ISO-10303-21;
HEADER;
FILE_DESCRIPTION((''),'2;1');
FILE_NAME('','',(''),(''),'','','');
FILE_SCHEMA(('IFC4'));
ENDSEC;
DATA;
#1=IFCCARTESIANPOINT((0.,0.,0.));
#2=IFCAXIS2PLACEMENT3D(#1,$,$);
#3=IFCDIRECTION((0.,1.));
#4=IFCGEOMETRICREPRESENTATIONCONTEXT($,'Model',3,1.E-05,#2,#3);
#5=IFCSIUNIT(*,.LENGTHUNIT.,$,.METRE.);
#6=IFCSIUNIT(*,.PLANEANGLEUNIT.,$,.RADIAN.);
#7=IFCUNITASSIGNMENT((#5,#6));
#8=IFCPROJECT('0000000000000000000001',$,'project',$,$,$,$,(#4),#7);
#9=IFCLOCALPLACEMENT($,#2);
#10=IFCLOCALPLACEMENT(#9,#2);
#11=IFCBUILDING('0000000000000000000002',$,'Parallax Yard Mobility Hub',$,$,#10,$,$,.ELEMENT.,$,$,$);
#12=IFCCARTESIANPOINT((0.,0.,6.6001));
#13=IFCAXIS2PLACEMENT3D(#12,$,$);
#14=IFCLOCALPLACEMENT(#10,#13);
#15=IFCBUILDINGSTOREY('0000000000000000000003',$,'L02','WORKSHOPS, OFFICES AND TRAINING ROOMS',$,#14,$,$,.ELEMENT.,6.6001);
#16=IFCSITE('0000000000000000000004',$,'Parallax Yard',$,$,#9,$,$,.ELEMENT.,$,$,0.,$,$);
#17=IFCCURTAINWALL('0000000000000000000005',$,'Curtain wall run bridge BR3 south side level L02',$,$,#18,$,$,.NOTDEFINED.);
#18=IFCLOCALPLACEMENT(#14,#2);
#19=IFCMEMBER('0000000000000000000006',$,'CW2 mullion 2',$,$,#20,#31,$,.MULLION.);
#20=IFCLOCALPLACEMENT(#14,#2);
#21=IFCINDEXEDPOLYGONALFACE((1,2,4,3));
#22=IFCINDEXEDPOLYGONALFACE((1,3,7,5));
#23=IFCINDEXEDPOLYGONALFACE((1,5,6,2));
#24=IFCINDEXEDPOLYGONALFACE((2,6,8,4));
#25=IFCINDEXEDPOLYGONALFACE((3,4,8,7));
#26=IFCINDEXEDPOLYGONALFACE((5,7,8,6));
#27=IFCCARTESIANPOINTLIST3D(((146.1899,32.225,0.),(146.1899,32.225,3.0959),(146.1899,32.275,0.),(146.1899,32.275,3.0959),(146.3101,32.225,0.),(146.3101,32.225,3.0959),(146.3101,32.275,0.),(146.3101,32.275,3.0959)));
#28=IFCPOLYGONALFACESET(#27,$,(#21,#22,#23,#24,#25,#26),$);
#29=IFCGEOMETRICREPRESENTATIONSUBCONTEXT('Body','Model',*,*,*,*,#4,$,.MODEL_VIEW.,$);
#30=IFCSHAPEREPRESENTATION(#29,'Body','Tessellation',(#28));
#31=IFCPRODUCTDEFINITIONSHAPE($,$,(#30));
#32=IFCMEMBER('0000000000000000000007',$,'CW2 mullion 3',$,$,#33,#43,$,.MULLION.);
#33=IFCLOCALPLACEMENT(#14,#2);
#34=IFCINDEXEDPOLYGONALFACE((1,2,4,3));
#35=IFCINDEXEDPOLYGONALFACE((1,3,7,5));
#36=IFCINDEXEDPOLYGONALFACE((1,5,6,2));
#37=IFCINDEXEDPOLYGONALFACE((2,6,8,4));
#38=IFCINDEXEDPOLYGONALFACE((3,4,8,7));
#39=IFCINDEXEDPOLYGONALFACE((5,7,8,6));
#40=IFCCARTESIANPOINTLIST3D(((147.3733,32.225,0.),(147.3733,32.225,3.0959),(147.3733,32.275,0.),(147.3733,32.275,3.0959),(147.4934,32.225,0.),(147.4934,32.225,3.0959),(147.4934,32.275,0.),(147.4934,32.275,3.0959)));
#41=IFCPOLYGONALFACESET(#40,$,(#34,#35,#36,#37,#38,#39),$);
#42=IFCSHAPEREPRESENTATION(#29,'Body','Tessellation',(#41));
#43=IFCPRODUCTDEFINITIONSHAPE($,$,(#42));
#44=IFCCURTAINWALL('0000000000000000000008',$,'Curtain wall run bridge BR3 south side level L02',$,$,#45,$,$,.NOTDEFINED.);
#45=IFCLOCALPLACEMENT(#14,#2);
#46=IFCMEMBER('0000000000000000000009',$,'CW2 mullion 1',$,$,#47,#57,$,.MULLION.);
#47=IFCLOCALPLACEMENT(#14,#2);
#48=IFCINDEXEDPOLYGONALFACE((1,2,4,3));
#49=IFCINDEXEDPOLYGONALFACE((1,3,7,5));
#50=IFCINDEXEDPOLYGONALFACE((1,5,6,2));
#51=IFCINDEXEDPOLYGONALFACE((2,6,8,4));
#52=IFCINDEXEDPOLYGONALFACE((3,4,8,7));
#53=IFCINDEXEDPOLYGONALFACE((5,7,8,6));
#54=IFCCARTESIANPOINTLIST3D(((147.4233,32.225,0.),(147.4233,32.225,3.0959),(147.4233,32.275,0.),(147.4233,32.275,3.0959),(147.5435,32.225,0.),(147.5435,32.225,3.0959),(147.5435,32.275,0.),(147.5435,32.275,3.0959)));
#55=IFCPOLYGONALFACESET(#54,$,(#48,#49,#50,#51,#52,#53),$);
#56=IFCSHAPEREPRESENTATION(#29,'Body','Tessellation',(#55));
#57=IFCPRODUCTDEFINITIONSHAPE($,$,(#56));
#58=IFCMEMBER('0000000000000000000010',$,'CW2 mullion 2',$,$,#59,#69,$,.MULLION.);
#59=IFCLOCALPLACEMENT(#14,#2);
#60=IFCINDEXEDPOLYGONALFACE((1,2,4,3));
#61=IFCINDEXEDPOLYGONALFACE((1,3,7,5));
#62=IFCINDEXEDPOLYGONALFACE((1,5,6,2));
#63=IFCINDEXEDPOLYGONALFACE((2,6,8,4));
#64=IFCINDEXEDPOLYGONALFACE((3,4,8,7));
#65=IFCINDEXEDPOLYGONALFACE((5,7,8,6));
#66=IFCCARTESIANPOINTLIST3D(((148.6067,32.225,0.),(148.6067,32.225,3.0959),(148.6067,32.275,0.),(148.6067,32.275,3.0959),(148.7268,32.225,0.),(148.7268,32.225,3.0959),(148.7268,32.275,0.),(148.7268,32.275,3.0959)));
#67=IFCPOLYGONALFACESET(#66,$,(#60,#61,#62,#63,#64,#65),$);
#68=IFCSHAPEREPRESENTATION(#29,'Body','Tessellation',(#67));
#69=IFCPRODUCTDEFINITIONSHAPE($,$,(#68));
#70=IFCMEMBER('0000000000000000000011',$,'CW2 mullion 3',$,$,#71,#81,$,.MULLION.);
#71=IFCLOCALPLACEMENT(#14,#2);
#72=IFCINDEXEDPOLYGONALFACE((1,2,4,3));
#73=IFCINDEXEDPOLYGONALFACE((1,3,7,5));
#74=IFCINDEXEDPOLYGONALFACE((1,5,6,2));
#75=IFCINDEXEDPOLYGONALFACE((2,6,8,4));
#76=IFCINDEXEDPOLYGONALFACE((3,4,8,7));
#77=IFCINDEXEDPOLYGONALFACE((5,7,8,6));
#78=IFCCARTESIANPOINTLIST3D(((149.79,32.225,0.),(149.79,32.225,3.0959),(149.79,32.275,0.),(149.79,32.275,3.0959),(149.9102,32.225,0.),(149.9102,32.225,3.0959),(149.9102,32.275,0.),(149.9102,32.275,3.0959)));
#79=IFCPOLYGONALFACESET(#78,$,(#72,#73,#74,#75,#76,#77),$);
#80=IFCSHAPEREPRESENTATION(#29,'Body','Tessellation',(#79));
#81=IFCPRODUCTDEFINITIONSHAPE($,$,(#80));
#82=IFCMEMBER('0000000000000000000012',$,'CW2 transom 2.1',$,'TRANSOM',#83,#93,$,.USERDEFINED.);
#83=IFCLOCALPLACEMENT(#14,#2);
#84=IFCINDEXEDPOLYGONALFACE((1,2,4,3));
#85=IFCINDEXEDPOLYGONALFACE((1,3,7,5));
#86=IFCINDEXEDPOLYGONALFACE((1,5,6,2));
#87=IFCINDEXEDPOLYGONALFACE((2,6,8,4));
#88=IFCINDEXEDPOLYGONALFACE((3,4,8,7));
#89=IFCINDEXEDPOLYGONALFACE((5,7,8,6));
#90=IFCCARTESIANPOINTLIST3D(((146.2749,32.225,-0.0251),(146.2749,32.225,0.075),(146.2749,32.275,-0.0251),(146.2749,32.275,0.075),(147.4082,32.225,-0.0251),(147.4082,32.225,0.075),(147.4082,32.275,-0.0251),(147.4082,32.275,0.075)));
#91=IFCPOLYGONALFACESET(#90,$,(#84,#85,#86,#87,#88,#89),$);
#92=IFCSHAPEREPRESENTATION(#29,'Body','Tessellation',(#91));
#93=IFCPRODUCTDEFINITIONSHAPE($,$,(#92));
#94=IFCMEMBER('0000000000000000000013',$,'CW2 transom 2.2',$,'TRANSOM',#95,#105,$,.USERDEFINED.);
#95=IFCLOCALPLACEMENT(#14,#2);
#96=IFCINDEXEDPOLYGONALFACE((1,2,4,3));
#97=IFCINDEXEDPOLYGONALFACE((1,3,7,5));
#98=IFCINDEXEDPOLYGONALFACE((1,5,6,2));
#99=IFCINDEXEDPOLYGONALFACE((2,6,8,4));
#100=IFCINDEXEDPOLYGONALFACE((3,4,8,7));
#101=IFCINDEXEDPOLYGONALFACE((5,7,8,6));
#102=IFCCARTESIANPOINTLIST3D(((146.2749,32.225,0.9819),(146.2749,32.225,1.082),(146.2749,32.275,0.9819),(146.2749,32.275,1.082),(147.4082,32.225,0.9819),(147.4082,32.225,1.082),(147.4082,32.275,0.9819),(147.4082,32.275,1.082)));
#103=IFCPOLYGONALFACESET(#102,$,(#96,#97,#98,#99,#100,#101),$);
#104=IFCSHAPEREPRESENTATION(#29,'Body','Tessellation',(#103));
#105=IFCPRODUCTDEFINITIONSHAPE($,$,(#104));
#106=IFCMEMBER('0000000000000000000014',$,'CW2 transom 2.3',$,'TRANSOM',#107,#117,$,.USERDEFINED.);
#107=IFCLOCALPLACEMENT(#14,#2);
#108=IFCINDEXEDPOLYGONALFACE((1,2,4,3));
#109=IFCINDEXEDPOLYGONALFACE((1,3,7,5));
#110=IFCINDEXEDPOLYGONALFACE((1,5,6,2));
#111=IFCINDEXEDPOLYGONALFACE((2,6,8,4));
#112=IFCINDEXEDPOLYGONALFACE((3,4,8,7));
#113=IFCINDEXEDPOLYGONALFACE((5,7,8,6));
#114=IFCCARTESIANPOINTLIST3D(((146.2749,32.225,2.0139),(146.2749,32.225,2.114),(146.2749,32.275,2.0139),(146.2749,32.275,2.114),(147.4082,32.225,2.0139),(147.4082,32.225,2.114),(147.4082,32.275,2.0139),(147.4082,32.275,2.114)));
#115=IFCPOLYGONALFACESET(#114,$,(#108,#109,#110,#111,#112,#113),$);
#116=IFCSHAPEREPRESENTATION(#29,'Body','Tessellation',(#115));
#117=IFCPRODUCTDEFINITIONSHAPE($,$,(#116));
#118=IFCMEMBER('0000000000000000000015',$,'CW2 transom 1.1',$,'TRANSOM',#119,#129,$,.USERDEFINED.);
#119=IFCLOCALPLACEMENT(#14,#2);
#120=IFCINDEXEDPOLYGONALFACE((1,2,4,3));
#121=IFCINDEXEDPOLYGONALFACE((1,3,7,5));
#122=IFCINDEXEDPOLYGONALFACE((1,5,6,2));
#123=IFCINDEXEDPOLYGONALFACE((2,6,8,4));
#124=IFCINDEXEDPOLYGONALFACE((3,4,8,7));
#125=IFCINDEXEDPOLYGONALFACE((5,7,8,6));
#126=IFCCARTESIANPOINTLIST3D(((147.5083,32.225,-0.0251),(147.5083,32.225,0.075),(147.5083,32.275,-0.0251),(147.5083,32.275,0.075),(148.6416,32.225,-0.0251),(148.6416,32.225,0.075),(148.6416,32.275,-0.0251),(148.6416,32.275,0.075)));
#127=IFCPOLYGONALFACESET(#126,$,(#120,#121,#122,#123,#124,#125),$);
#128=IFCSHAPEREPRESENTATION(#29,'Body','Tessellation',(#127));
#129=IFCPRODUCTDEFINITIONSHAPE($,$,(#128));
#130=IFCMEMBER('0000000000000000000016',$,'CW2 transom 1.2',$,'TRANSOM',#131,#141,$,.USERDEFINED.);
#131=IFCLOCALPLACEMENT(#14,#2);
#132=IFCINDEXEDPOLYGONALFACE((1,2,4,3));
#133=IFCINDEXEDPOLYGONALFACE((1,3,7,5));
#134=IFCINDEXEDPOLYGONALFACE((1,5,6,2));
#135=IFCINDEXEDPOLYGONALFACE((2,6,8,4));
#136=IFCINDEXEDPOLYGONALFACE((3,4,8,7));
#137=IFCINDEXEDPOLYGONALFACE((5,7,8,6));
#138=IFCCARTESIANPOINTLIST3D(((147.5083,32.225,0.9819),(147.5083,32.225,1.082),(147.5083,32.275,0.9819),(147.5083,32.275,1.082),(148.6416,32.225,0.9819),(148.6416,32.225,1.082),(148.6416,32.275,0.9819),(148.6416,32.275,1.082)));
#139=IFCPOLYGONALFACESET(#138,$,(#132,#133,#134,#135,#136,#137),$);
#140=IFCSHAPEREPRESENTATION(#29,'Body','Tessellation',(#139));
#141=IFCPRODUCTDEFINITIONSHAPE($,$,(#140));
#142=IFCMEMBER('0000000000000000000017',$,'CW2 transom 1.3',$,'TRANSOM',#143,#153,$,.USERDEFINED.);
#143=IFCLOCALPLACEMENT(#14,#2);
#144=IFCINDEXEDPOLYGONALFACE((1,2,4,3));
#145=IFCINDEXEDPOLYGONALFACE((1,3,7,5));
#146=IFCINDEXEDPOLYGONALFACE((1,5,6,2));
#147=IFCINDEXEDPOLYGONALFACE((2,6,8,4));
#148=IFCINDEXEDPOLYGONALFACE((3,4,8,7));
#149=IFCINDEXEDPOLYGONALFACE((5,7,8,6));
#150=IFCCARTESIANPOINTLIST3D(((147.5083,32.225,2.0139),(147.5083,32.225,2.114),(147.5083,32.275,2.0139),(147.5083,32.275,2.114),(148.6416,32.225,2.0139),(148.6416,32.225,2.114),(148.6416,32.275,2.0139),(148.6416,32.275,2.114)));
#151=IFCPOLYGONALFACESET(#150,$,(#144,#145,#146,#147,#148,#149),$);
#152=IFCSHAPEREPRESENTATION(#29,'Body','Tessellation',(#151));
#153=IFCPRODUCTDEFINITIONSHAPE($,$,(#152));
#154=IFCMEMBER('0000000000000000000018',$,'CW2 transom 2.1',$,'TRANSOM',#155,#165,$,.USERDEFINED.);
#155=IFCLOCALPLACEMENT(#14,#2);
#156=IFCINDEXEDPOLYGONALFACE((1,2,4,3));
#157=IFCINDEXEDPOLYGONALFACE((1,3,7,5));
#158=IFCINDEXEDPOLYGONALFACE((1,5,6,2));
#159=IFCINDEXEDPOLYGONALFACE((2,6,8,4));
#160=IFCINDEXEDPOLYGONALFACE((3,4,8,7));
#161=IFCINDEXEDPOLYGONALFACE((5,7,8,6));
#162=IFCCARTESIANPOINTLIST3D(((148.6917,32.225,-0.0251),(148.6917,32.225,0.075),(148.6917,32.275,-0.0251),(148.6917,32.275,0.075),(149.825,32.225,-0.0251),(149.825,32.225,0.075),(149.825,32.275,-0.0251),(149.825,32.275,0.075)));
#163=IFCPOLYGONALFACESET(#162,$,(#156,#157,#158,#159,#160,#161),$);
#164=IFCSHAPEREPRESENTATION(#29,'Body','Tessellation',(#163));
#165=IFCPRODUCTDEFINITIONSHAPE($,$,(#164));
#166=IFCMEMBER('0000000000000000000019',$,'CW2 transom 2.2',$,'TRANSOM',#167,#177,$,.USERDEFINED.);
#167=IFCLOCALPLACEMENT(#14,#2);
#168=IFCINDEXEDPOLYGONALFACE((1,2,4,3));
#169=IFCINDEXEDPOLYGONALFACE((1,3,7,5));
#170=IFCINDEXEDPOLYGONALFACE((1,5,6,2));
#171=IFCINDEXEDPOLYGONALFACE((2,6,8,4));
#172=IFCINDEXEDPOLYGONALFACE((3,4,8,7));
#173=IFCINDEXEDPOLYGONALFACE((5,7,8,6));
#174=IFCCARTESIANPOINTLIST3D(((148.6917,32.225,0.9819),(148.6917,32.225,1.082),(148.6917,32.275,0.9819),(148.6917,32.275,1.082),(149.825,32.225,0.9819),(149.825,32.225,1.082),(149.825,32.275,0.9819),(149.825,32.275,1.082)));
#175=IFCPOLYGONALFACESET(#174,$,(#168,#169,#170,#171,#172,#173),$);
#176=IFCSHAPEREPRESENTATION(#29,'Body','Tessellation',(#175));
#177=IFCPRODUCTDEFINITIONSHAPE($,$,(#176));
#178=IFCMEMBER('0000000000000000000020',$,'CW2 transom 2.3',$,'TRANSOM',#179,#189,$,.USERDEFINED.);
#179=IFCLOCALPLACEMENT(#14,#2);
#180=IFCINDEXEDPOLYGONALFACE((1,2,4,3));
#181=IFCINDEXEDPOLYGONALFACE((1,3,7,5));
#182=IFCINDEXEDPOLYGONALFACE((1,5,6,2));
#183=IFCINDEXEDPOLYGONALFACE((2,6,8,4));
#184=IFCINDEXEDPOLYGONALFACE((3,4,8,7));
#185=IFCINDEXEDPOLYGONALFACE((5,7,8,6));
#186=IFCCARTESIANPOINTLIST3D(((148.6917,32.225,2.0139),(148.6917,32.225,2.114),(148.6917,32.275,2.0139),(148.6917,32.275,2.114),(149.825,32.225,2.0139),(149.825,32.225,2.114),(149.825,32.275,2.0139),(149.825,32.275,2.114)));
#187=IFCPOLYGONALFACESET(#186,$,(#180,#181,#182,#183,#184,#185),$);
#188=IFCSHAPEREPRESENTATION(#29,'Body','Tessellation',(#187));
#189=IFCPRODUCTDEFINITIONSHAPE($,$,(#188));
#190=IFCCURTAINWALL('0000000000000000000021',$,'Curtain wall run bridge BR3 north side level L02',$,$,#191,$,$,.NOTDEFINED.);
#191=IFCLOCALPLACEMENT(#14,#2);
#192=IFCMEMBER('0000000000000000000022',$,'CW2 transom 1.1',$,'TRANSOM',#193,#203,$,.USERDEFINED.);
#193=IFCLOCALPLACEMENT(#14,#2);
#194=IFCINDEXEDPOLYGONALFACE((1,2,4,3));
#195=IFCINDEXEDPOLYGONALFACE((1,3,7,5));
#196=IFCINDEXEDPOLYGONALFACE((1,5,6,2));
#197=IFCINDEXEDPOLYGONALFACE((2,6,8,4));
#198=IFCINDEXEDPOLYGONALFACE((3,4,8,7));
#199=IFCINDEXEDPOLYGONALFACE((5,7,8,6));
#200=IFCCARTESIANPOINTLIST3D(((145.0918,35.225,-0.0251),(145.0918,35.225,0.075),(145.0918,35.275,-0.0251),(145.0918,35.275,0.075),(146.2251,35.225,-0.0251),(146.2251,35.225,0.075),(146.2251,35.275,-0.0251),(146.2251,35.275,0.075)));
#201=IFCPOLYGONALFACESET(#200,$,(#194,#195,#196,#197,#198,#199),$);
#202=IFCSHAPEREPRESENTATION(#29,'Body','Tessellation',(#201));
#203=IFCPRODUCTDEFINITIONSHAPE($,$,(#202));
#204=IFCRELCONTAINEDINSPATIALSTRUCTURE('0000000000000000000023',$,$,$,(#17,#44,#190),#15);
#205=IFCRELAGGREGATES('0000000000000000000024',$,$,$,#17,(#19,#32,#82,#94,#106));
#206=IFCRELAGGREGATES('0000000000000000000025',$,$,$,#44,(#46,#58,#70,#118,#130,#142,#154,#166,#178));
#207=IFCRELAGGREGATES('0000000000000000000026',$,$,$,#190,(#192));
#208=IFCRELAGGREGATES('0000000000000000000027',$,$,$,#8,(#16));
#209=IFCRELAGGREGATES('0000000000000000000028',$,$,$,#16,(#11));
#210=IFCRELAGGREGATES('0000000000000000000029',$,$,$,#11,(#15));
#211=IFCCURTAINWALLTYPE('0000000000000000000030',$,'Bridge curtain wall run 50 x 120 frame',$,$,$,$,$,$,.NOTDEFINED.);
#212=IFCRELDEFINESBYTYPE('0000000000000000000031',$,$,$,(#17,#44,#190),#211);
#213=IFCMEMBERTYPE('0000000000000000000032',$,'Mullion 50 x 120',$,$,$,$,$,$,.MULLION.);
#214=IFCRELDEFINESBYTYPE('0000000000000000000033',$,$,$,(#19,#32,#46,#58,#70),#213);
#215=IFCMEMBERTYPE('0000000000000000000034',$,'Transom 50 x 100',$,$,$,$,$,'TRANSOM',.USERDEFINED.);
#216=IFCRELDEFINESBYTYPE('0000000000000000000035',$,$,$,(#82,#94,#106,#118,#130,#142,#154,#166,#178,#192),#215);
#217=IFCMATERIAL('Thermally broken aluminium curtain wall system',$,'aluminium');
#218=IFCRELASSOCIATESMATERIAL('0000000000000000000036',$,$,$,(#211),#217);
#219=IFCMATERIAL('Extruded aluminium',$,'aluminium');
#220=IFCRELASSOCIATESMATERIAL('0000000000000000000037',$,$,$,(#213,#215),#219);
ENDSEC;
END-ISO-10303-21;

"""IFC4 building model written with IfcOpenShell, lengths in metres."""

from ifc_helpers import new_model, si_unit, direction, frame, origin, origin_2d, place, context, subcontext, project, spatial, rectangle, extrude, material, material_profile, profile_set, type_object, element, aggregate, save


model = new_model("IFC4")

# Units and contexts
model_context = context("Model", 3, precision=1e-05, world=origin(), true_north=direction((0.0, 1.0)))
body_context = subcontext(model_context, "Body", "Model", "MODEL_VIEW")
ifc_project = project(units=[si_unit("LENGTHUNIT", "METRE"), si_unit("PLANEANGLEUNIT", "RADIAN")], contexts=[model_context])

# Site, building, storey
site_placement = place(None, origin())
site = spatial("IfcSite", under=ifc_project, at=site_placement, Name="Parallax Yard", CompositionType="ELEMENT", RefElevation=0.0)
building_placement = place(site_placement, origin())
building = spatial("IfcBuilding", under=site, at=building_placement, Name="Parallax Yard Mobility Hub", CompositionType="ELEMENT")
storey_placement = place(building_placement, frame((0.0, 0.0, 6.6001)))
storey = spatial("IfcBuildingStorey", under=building, at=storey_placement, Name="L02", Description="WORKSHOPS, OFFICES AND TRAINING ROOMS", CompositionType="ELEMENT", Elevation=6.6001)

# Curtain walls, members
ifc_material_1 = material(Name="Thermally broken aluminium curtain wall system", Category="aluminium")
curtain_wall_type = type_object("IfcCurtainWallType", Name="Bridge curtain wall run 50 x 120 frame", PredefinedType="NOTDEFINED", material=ifc_material_1)
curtain_wall_1_placement = place(storey_placement, origin())
curtain_wall_1 = element("IfcCurtainWall", 1, at=curtain_wall_1_placement, inside=storey, type_object=curtain_wall_type, Name="Curtain wall run bridge BR3 south side level L02", PredefinedType="NOTDEFINED")
ifc_material_2 = material(Name="Extruded aluminium", Category="aluminium")
ifc_material_profile_1 = material_profile(ifc_material_2, rectangle(XDim=0.05, YDim=0.1201, at=origin_2d()), Name="Mullion 50 x 120")
ifc_profile_set_1 = profile_set([ifc_material_profile_1], Name="Extruded aluminium")
member_type_1 = type_object("IfcMemberType", Name="Mullion 50 x 120", PredefinedType="MULLION", material=ifc_profile_set_1)
member_1_placement = place(storey_placement, frame((146.25, 32.25, 0.0), z_axis=(0.0, 0.0, 1.0), x_axis=(0.0, 1.0, 0.0)))
member_1 = element("IfcMember", 2, at=member_1_placement, type_object=member_type_1, Name="CW2 mullion 2", PredefinedType="MULLION", context=body_context, shape_type="SweptSolid", body=[
    extrude(rectangle(XDim=0.05, YDim=0.1201, at=origin_2d()), origin(), (0.0, 0.0, 1.0), 3.0959),
])
member_2_placement = place(storey_placement, frame((147.4333, 32.25, 0.0), z_axis=(0.0, 0.0, 1.0), x_axis=(0.0, 1.0, 0.0)))
member_2 = element("IfcMember", 3, at=member_2_placement, type_object=member_type_1, Name="CW2 mullion 3", PredefinedType="MULLION", context=body_context, shape_type="SweptSolid", body=[
    extrude(rectangle(XDim=0.05, YDim=0.1201, at=origin_2d()), origin(), (0.0, 0.0, 1.0), 3.0959),
])
curtain_wall_2_placement = place(storey_placement, origin())
curtain_wall_2 = element("IfcCurtainWall", 4, at=curtain_wall_2_placement, inside=storey, type_object=curtain_wall_type, Name="Curtain wall run bridge BR3 south side level L02", PredefinedType="NOTDEFINED")
member_3_placement = place(storey_placement, frame((147.4834, 32.25, 0.0), z_axis=(0.0, 0.0, 1.0), x_axis=(0.0, 1.0, 0.0)))
member_3 = element("IfcMember", 5, at=member_3_placement, type_object=member_type_1, Name="CW2 mullion 1", PredefinedType="MULLION", context=body_context, shape_type="SweptSolid", body=[
    extrude(rectangle(XDim=0.05, YDim=0.1201, at=origin_2d()), origin(), (0.0, 0.0, 1.0), 3.0959),
])
member_4_placement = place(storey_placement, frame((148.6667, 32.25, 0.0), z_axis=(0.0, 0.0, 1.0), x_axis=(0.0, 1.0, 0.0)))
member_4 = element("IfcMember", 6, at=member_4_placement, type_object=member_type_1, Name="CW2 mullion 2", PredefinedType="MULLION", context=body_context, shape_type="SweptSolid", body=[
    extrude(rectangle(XDim=0.05, YDim=0.1201, at=origin_2d()), origin(), (0.0, 0.0, 1.0), 3.0959),
])
member_5_placement = place(storey_placement, frame((149.8501, 32.25, 0.0), z_axis=(0.0, 0.0, 1.0), x_axis=(0.0, 1.0, 0.0)))
member_5 = element("IfcMember", 7, at=member_5_placement, type_object=member_type_1, Name="CW2 mullion 3", PredefinedType="MULLION", context=body_context, shape_type="SweptSolid", body=[
    extrude(rectangle(XDim=0.05, YDim=0.1201, at=origin_2d()), origin(), (0.0, 0.0, 1.0), 3.0959),
])

# Members
ifc_material_profile_2 = material_profile(ifc_material_2, rectangle(XDim=0.05, YDim=0.1001, at=origin_2d()), Name="Transom 50 x 100")
ifc_profile_set_2 = profile_set([ifc_material_profile_2], Name="Extruded aluminium")
member_type_2 = type_object("IfcMemberType", Name="Transom 50 x 100", ElementType="TRANSOM", PredefinedType="USERDEFINED", material=ifc_profile_set_2)
member_6_placement = place(storey_placement, frame((146.2749, 32.25, 0.0249), z_axis=(1.0, 0.0, 0.0), x_axis=(0.0, 1.0, 0.0)))
member_6 = element("IfcMember", 8, at=member_6_placement, type_object=member_type_2, Name="CW2 transom 2.1", ObjectType="TRANSOM", PredefinedType="USERDEFINED", context=body_context, shape_type="SweptSolid", body=[
    extrude(rectangle(XDim=0.05, YDim=0.1001, at=origin_2d()), origin(), (0.0, 0.0, 1.0), 1.1333),
])
member_7_placement = place(storey_placement, frame((146.2749, 32.25, 1.032), z_axis=(1.0, 0.0, 0.0), x_axis=(0.0, 1.0, 0.0)))
member_7 = element("IfcMember", 9, at=member_7_placement, type_object=member_type_2, Name="CW2 transom 2.2", ObjectType="TRANSOM", PredefinedType="USERDEFINED", context=body_context, shape_type="SweptSolid", body=[
    extrude(rectangle(XDim=0.05, YDim=0.1001, at=origin_2d()), origin(), (0.0, 0.0, 1.0), 1.1333),
])
member_8_placement = place(storey_placement, frame((146.2749, 32.25, 2.064), z_axis=(1.0, 0.0, 0.0), x_axis=(0.0, 1.0, 0.0)))
member_8 = element("IfcMember", 10, at=member_8_placement, type_object=member_type_2, Name="CW2 transom 2.3", ObjectType="TRANSOM", PredefinedType="USERDEFINED", context=body_context, shape_type="SweptSolid", body=[
    extrude(rectangle(XDim=0.05, YDim=0.1001, at=origin_2d()), origin(), (0.0, 0.0, 1.0), 1.1333),
])
member_9_placement = place(storey_placement, frame((147.5083, 32.25, 0.0249), z_axis=(1.0, 0.0, 0.0), x_axis=(0.0, 1.0, 0.0)))
member_9 = element("IfcMember", 11, at=member_9_placement, type_object=member_type_2, Name="CW2 transom 1.1", ObjectType="TRANSOM", PredefinedType="USERDEFINED", context=body_context, shape_type="SweptSolid", body=[
    extrude(rectangle(XDim=0.05, YDim=0.1001, at=origin_2d()), origin(), (0.0, 0.0, 1.0), 1.1333),
])
member_10_placement = place(storey_placement, frame((147.5083, 32.25, 1.032), z_axis=(1.0, 0.0, 0.0), x_axis=(0.0, 1.0, 0.0)))
member_10 = element("IfcMember", 12, at=member_10_placement, type_object=member_type_2, Name="CW2 transom 1.2", ObjectType="TRANSOM", PredefinedType="USERDEFINED", context=body_context, shape_type="SweptSolid", body=[
    extrude(rectangle(XDim=0.05, YDim=0.1001, at=origin_2d()), origin(), (0.0, 0.0, 1.0), 1.1333),
])
member_11_placement = place(storey_placement, frame((147.5083, 32.25, 2.064), z_axis=(1.0, 0.0, 0.0), x_axis=(0.0, 1.0, 0.0)))
member_11 = element("IfcMember", 13, at=member_11_placement, type_object=member_type_2, Name="CW2 transom 1.3", ObjectType="TRANSOM", PredefinedType="USERDEFINED", context=body_context, shape_type="SweptSolid", body=[
    extrude(rectangle(XDim=0.05, YDim=0.1001, at=origin_2d()), origin(), (0.0, 0.0, 1.0), 1.1333),
])
member_12_placement = place(storey_placement, frame((148.6917, 32.25, 0.0249), z_axis=(1.0, 0.0, 0.0), x_axis=(0.0, 1.0, 0.0)))
member_12 = element("IfcMember", 14, at=member_12_placement, type_object=member_type_2, Name="CW2 transom 2.1", ObjectType="TRANSOM", PredefinedType="USERDEFINED", context=body_context, shape_type="SweptSolid", body=[
    extrude(rectangle(XDim=0.05, YDim=0.1001, at=origin_2d()), origin(), (0.0, 0.0, 1.0), 1.1333),
])
member_13_placement = place(storey_placement, frame((148.6917, 32.25, 1.032), z_axis=(1.0, 0.0, 0.0), x_axis=(0.0, 1.0, 0.0)))
member_13 = element("IfcMember", 15, at=member_13_placement, type_object=member_type_2, Name="CW2 transom 2.2", ObjectType="TRANSOM", PredefinedType="USERDEFINED", context=body_context, shape_type="SweptSolid", body=[
    extrude(rectangle(XDim=0.05, YDim=0.1001, at=origin_2d()), origin(), (0.0, 0.0, 1.0), 1.1333),
])
member_14_placement = place(storey_placement, frame((148.6917, 32.25, 2.064), z_axis=(1.0, 0.0, 0.0), x_axis=(0.0, 1.0, 0.0)))
member_14 = element("IfcMember", 16, at=member_14_placement, type_object=member_type_2, Name="CW2 transom 2.3", ObjectType="TRANSOM", PredefinedType="USERDEFINED", context=body_context, shape_type="SweptSolid", body=[
    extrude(rectangle(XDim=0.05, YDim=0.1001, at=origin_2d()), origin(), (0.0, 0.0, 1.0), 1.1333),
])

# Curtain wall, member
curtain_wall_3_placement = place(storey_placement, origin())
curtain_wall_3 = element("IfcCurtainWall", 17, at=curtain_wall_3_placement, inside=storey, type_object=curtain_wall_type, Name="Curtain wall run bridge BR3 north side level L02", PredefinedType="NOTDEFINED")
member_15_placement = place(storey_placement, frame((145.0918, 35.25, 0.0249), z_axis=(1.0, 0.0, 0.0), x_axis=(0.0, 1.0, 0.0)))
member_15 = element("IfcMember", 18, at=member_15_placement, type_object=member_type_2, Name="CW2 transom 1.1", ObjectType="TRANSOM", PredefinedType="USERDEFINED", context=body_context, shape_type="SweptSolid", body=[
    extrude(rectangle(XDim=0.05, YDim=0.1001, at=origin_2d()), origin(), (0.0, 0.0, 1.0), 1.1333),
])

aggregate(curtain_wall_1, [member_1, member_2, member_6, member_7, member_8])
aggregate(curtain_wall_2, [member_3, member_4, member_5, member_9, member_10, member_11, member_12, member_13, member_14])
aggregate(curtain_wall_3, [member_15])

save(model, "model.ifc")
